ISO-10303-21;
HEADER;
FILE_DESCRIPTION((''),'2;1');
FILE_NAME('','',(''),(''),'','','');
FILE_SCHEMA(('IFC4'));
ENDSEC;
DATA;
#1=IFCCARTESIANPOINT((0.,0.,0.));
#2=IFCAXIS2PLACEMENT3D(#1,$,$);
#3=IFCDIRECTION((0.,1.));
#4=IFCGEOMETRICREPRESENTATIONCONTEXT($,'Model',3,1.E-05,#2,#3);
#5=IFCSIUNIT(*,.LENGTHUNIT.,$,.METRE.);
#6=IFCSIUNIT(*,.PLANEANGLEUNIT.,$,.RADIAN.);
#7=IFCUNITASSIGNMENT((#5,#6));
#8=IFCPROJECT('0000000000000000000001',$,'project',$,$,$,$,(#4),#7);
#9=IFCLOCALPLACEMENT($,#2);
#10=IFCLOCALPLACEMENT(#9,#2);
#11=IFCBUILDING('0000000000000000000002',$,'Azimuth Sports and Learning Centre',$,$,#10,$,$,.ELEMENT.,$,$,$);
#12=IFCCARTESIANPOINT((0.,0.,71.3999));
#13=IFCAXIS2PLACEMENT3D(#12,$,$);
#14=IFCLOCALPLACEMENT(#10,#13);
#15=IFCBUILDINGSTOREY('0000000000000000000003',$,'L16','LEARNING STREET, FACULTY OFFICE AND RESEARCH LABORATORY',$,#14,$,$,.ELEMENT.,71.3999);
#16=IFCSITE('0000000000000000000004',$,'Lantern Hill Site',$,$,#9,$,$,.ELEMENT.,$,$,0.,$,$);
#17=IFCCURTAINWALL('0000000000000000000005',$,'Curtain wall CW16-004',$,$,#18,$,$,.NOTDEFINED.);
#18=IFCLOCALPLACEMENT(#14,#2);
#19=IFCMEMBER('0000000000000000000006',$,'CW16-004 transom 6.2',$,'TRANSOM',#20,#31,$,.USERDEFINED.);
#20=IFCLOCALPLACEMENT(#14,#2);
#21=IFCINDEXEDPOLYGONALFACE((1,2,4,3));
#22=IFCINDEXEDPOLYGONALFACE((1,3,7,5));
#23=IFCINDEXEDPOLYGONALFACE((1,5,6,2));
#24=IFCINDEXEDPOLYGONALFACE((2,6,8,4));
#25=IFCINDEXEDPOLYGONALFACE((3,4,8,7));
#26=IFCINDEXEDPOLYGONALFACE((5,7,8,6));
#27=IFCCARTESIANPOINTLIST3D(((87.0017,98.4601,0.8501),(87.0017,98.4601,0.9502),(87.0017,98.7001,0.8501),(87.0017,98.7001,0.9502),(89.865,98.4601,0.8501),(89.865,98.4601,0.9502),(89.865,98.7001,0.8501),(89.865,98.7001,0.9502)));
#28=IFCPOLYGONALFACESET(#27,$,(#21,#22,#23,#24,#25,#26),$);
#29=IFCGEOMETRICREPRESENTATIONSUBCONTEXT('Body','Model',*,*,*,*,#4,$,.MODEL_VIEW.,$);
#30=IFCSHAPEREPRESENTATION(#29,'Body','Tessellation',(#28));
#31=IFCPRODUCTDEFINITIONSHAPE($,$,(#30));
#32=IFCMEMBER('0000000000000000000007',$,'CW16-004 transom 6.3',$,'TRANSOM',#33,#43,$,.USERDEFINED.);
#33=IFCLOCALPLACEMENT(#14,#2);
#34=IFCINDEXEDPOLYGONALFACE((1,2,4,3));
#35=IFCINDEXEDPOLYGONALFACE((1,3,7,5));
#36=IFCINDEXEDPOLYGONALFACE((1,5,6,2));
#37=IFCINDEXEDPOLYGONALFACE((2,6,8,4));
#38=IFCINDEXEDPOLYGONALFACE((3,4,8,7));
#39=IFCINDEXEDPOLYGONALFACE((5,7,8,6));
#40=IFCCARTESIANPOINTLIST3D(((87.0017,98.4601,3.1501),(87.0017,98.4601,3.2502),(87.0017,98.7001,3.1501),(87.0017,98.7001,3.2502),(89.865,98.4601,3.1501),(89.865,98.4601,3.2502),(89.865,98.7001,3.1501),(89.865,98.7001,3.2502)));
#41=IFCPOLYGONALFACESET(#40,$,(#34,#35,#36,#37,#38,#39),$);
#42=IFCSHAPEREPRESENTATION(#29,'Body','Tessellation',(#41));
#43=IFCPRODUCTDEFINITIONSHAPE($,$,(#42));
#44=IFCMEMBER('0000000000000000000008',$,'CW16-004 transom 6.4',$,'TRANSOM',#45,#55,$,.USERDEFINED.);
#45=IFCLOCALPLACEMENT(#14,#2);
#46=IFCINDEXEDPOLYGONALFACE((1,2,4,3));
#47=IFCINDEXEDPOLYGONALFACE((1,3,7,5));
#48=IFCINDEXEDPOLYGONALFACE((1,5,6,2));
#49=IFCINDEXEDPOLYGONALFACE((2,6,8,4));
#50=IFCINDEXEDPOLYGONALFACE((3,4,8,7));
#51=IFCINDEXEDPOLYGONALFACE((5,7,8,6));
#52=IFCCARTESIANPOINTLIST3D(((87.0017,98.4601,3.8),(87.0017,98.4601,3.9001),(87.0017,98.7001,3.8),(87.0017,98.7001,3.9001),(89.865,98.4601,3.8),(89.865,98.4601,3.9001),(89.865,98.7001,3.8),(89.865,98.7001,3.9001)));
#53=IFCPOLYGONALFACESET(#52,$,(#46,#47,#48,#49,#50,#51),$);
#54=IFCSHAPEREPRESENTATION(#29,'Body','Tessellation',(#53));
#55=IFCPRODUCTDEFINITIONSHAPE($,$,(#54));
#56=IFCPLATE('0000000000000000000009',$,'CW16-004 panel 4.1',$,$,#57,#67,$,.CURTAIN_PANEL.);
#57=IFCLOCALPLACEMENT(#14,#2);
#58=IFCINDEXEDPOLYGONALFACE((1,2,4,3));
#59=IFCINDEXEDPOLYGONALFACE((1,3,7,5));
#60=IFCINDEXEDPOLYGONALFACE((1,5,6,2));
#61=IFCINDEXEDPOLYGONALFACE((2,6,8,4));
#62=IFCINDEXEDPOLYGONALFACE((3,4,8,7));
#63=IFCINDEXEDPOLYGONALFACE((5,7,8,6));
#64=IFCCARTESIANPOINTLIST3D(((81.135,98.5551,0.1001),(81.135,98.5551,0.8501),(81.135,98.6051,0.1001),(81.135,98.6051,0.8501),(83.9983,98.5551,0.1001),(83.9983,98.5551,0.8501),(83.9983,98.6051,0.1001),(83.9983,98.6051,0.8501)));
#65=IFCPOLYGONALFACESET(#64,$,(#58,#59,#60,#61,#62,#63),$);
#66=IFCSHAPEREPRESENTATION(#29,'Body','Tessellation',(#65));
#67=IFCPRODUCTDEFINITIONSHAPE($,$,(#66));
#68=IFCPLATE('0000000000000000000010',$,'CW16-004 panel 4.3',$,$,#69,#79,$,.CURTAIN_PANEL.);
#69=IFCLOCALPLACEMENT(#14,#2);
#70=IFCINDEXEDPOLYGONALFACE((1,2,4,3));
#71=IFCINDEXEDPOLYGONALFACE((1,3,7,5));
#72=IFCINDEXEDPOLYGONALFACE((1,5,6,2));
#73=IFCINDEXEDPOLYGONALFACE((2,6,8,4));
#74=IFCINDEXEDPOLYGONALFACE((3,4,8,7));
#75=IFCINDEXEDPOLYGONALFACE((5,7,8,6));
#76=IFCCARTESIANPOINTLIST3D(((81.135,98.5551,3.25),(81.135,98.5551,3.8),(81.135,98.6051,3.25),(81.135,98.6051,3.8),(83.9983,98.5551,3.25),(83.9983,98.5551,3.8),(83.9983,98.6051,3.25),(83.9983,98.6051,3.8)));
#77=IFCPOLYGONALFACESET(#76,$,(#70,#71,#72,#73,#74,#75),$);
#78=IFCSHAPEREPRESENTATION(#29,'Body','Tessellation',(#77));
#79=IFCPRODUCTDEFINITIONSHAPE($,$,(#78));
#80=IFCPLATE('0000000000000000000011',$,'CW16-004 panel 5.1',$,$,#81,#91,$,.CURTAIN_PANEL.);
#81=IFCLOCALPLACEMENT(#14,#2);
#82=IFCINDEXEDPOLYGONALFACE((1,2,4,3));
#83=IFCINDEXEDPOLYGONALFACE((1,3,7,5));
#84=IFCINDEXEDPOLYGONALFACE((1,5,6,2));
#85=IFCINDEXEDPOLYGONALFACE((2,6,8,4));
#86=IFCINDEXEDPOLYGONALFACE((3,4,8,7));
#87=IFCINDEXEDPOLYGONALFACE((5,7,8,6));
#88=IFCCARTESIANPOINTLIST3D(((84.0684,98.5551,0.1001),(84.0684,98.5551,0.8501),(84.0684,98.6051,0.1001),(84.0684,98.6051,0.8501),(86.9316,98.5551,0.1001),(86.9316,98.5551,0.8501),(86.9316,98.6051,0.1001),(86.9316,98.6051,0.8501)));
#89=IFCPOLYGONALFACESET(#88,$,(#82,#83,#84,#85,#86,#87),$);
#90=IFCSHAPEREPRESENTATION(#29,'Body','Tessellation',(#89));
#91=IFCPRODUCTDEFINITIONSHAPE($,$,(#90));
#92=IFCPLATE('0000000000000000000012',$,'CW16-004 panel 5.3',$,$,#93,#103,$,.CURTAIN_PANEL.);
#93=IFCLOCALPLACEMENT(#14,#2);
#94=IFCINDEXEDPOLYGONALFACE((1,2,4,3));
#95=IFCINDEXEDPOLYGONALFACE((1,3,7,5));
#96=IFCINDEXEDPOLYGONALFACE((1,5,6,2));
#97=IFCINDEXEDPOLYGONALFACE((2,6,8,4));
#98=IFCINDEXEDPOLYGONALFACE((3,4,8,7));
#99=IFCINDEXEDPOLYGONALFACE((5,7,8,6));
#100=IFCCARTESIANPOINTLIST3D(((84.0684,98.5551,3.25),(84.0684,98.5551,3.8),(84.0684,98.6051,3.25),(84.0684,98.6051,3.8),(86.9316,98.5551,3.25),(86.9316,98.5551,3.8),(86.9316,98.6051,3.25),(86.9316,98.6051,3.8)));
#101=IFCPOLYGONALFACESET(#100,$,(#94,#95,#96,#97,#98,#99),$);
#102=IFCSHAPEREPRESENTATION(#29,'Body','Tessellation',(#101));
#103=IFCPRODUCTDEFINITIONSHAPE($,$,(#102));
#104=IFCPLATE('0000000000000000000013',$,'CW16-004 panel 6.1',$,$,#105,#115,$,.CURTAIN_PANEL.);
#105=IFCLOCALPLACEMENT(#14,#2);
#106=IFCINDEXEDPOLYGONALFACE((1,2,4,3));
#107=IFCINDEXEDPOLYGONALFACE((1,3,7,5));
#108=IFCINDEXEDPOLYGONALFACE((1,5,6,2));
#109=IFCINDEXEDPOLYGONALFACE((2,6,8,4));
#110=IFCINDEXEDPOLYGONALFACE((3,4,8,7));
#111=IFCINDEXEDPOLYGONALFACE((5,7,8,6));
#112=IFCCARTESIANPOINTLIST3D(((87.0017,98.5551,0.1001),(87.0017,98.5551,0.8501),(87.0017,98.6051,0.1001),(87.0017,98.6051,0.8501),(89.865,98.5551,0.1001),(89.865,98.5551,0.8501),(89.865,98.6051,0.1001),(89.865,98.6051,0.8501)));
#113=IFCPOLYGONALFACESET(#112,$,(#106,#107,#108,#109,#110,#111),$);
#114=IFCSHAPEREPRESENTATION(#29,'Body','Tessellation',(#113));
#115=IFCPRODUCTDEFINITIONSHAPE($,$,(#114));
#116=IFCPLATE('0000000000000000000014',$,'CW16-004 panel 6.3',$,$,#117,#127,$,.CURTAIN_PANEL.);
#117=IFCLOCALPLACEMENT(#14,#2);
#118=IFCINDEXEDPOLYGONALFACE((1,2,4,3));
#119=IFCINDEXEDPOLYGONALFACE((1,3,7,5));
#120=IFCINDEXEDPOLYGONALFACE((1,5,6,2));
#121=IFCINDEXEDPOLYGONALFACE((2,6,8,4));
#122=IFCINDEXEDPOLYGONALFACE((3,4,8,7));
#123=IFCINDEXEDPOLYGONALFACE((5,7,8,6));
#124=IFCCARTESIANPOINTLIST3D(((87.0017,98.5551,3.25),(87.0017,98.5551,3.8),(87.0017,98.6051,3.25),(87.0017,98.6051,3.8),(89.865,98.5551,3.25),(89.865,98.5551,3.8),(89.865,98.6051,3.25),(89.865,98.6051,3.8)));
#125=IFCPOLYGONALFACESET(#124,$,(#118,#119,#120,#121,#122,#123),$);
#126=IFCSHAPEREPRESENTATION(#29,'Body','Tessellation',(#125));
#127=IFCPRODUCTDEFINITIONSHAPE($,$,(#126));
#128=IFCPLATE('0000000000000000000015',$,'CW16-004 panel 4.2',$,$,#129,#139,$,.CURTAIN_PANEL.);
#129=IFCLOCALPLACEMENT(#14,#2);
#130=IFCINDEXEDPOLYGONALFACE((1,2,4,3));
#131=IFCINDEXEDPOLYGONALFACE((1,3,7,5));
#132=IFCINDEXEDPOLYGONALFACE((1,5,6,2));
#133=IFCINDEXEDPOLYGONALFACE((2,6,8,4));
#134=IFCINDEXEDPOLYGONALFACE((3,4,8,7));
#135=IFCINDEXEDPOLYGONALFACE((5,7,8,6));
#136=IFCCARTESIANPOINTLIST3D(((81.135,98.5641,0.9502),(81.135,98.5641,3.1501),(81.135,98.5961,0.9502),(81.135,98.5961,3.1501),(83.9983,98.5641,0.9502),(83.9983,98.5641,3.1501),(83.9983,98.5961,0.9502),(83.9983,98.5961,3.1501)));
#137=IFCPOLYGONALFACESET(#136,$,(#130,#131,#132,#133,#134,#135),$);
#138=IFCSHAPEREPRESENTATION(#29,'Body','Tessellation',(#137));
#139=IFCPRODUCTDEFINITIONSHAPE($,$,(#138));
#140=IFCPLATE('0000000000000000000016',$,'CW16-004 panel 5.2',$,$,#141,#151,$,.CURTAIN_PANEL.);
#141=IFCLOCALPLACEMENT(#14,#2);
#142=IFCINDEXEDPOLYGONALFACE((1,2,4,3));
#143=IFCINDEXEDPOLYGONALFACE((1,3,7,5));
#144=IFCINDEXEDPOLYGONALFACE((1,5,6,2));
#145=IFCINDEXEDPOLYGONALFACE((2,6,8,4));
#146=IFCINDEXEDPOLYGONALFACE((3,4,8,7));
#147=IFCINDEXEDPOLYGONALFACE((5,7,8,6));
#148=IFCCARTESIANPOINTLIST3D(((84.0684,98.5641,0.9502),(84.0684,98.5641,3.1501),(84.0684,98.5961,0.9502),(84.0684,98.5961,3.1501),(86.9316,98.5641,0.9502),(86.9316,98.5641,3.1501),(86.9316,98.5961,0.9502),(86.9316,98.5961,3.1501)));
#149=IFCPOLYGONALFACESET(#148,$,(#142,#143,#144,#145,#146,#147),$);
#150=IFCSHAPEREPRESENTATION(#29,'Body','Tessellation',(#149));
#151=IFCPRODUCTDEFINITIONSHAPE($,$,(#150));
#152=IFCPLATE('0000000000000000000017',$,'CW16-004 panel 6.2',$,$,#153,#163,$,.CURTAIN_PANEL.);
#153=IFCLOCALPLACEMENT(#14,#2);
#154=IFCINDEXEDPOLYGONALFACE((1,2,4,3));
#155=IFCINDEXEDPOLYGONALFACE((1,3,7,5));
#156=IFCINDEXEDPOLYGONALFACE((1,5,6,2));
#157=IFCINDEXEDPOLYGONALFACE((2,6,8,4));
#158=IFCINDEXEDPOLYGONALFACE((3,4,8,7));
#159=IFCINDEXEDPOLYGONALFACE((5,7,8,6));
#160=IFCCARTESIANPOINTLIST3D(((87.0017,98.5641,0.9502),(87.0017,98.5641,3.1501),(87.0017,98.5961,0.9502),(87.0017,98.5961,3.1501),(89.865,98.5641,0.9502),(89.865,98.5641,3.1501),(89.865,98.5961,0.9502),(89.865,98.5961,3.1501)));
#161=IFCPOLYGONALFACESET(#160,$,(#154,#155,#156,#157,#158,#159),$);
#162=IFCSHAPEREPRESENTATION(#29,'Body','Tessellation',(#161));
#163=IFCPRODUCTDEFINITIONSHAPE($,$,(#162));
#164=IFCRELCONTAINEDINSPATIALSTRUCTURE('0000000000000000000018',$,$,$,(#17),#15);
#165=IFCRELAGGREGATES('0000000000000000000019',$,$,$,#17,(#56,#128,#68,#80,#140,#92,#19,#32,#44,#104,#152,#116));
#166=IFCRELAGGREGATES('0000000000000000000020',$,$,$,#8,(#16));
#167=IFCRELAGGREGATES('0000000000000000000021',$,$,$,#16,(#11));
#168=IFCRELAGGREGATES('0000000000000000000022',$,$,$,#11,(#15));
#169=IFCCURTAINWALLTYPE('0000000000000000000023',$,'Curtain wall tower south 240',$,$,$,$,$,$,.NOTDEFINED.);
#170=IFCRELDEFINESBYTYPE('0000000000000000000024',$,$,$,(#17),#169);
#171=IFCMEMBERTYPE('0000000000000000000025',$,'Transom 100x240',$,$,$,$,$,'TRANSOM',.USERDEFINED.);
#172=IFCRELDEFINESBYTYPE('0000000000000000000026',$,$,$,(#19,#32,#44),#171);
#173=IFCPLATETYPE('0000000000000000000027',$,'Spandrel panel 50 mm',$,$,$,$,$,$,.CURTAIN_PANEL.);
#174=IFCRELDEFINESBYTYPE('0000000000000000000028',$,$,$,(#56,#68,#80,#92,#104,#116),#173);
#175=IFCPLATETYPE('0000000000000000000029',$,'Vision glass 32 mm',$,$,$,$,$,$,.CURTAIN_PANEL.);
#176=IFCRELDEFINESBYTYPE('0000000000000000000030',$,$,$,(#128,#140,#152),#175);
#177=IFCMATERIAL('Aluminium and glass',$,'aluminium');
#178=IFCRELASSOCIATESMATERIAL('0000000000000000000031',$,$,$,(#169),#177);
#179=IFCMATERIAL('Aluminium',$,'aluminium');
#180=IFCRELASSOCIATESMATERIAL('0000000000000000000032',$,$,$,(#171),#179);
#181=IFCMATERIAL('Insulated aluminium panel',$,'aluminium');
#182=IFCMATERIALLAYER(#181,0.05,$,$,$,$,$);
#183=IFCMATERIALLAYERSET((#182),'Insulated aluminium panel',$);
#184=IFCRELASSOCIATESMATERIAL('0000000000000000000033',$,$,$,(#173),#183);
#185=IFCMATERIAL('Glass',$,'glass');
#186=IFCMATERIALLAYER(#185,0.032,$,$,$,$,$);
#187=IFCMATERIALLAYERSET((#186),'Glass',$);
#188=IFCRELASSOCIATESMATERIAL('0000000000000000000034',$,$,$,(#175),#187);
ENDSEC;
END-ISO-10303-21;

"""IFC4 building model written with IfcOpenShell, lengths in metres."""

from ifc_helpers import new_model, si_unit, direction, frame, origin, origin_2d, place, context, subcontext, project, spatial, rectangle, extrude, material, layer, layer_set, material_profile, profile_set, type_object, element, aggregate, save


model = new_model("IFC4")

# Units and contexts
model_context = context("Model", 3, precision=1e-05, world=origin(), true_north=direction((0.0, 1.0)))
body_context = subcontext(model_context, "Body", "Model", "MODEL_VIEW")
ifc_project = project(units=[si_unit("LENGTHUNIT", "METRE"), si_unit("PLANEANGLEUNIT", "RADIAN")], contexts=[model_context])

# Site, building, storey
site_placement = place(None, origin())
site = spatial("IfcSite", under=ifc_project, at=site_placement, Name="Lantern Hill Site", CompositionType="ELEMENT", RefElevation=0.0)
building_placement = place(site_placement, origin())
building = spatial("IfcBuilding", under=site, at=building_placement, Name="Azimuth Sports and Learning Centre", CompositionType="ELEMENT")
storey_placement = place(building_placement, frame((0.0, 0.0, 71.3999)))
storey = spatial("IfcBuildingStorey", under=building, at=storey_placement, Name="L16", Description="LEARNING STREET, FACULTY OFFICE AND RESEARCH LABORATORY", CompositionType="ELEMENT", Elevation=71.3999)

# Curtain wall, members, plates
ifc_material_1 = material(Name="Aluminium and glass", Category="aluminium")
curtain_wall_type = type_object("IfcCurtainWallType", Name="Curtain wall tower south 240", PredefinedType="NOTDEFINED", material=ifc_material_1)
curtain_wall_placement = place(storey_placement, origin())
curtain_wall = element("IfcCurtainWall", 1, at=curtain_wall_placement, inside=storey, type_object=curtain_wall_type, Name="Curtain wall CW16-004", PredefinedType="NOTDEFINED")
ifc_material_2 = material(Name="Aluminium", Category="aluminium")
ifc_material_profile_1 = material_profile(ifc_material_2, rectangle(XDim=0.24, YDim=0.1001, at=origin_2d()), Name="Transom 100x240")
ifc_profile_set_1 = profile_set([ifc_material_profile_1], Name="Aluminium")
member_type_1 = type_object("IfcMemberType", Name="Transom 100x240", ElementType="TRANSOM", PredefinedType="USERDEFINED", material=ifc_profile_set_1)
member_1_placement = place(storey_placement, frame((87.0017, 98.5801, 0.9001), z_axis=(1.0, 0.0, 0.0), x_axis=(0.0, 1.0, 0.0)))
member_1 = element("IfcMember", 2, at=member_1_placement, type_object=member_type_1, Name="CW16-004 transom 6.2", ObjectType="TRANSOM", PredefinedType="USERDEFINED", context=body_context, shape_type="SweptSolid", body=[
    extrude(rectangle(XDim=0.24, YDim=0.1001, at=origin_2d()), origin(), (0.0, 0.0, 1.0), 2.8633),
])
member_2_placement = place(storey_placement, frame((87.0017, 98.5801, 3.2002), z_axis=(1.0, 0.0, 0.0), x_axis=(0.0, 1.0, 0.0)))
member_2 = element("IfcMember", 3, at=member_2_placement, type_object=member_type_1, Name="CW16-004 transom 6.3", ObjectType="TRANSOM", PredefinedType="USERDEFINED", context=body_context, shape_type="SweptSolid", body=[
    extrude(rectangle(XDim=0.24, YDim=0.1001, at=origin_2d()), origin(), (0.0, 0.0, 1.0), 2.8633),
])
member_3_placement = place(storey_placement, frame((87.0017, 98.5801, 3.8501), z_axis=(1.0, 0.0, 0.0), x_axis=(0.0, 1.0, 0.0)))
member_3 = element("IfcMember", 4, at=member_3_placement, type_object=member_type_1, Name="CW16-004 transom 6.4", ObjectType="TRANSOM", PredefinedType="USERDEFINED", context=body_context, shape_type="SweptSolid", body=[
    extrude(rectangle(XDim=0.24, YDim=0.1001, at=origin_2d()), origin(), (0.0, 0.0, 1.0), 2.8633),
])
ifc_material_3 = material(Name="Insulated aluminium panel", Category="aluminium")
ifc_layer_1 = layer(ifc_material_3, 0.05)
ifc_layer_set_1 = layer_set([ifc_layer_1], Name="Insulated aluminium panel")
plate_type_1 = type_object("IfcPlateType", Name="Spandrel panel 50 mm", PredefinedType="CURTAIN_PANEL", material=ifc_layer_set_1)
plate_1_placement = place(storey_placement, frame((82.5667, 98.5801, 0.1001), z_axis=(0.0, 0.0, 1.0), x_axis=(1.0, 0.0, 0.0)))
plate_1 = element("IfcPlate", 5, at=plate_1_placement, type_object=plate_type_1, Name="CW16-004 panel 4.1", PredefinedType="CURTAIN_PANEL", context=body_context, shape_type="SweptSolid", body=[
    extrude(rectangle(XDim=2.8633, YDim=0.05, at=origin_2d()), origin(), (0.0, 0.0, 1.0), 0.75),
])
plate_2_placement = place(storey_placement, frame((82.5667, 98.5801, 3.25), z_axis=(0.0, 0.0, 1.0), x_axis=(1.0, 0.0, 0.0)))
plate_2 = element("IfcPlate", 6, at=plate_2_placement, type_object=plate_type_1, Name="CW16-004 panel 4.3", PredefinedType="CURTAIN_PANEL", context=body_context, shape_type="SweptSolid", body=[
    extrude(rectangle(XDim=2.8633, YDim=0.05, at=origin_2d()), origin(), (0.0, 0.0, 1.0), 0.55),
])
plate_3_placement = place(storey_placement, frame((85.5, 98.5801, 0.1001), z_axis=(0.0, 0.0, 1.0), x_axis=(1.0, 0.0, 0.0)))
plate_3 = element("IfcPlate", 7, at=plate_3_placement, type_object=plate_type_1, Name="CW16-004 panel 5.1", PredefinedType="CURTAIN_PANEL", context=body_context, shape_type="SweptSolid", body=[
    extrude(rectangle(XDim=2.8633, YDim=0.05, at=origin_2d()), origin(), (0.0, 0.0, 1.0), 0.75),
])
plate_4_placement = place(storey_placement, frame((85.5, 98.5801, 3.25), z_axis=(0.0, 0.0, 1.0), x_axis=(1.0, 0.0, 0.0)))
plate_4 = element("IfcPlate", 8, at=plate_4_placement, type_object=plate_type_1, Name="CW16-004 panel 5.3", PredefinedType="CURTAIN_PANEL", context=body_context, shape_type="SweptSolid", body=[
    extrude(rectangle(XDim=2.8633, YDim=0.05, at=origin_2d()), origin(), (0.0, 0.0, 1.0), 0.55),
])
plate_5_placement = place(storey_placement, frame((88.4333, 98.5801, 0.1001), z_axis=(0.0, 0.0, 1.0), x_axis=(1.0, 0.0, 0.0)))
plate_5 = element("IfcPlate", 9, at=plate_5_placement, type_object=plate_type_1, Name="CW16-004 panel 6.1", PredefinedType="CURTAIN_PANEL", context=body_context, shape_type="SweptSolid", body=[
    extrude(rectangle(XDim=2.8633, YDim=0.05, at=origin_2d()), origin(), (0.0, 0.0, 1.0), 0.75),
])
plate_6_placement = place(storey_placement, frame((88.4333, 98.5801, 3.25), z_axis=(0.0, 0.0, 1.0), x_axis=(1.0, 0.0, 0.0)))
plate_6 = element("IfcPlate", 10, at=plate_6_placement, type_object=plate_type_1, Name="CW16-004 panel 6.3", PredefinedType="CURTAIN_PANEL", context=body_context, shape_type="SweptSolid", body=[
    extrude(rectangle(XDim=2.8633, YDim=0.05, at=origin_2d()), origin(), (0.0, 0.0, 1.0), 0.55),
])
ifc_material_4 = material(Name="Glass", Category="glass")
ifc_layer_2 = layer(ifc_material_4, 0.032)
ifc_layer_set_2 = layer_set([ifc_layer_2], Name="Glass")
plate_type_2 = type_object("IfcPlateType", Name="Vision glass 32 mm", PredefinedType="CURTAIN_PANEL", material=ifc_layer_set_2)
plate_7_placement = place(storey_placement, frame((82.5667, 98.5801, 0.9502), z_axis=(0.0, 0.0, 1.0), x_axis=(1.0, 0.0, 0.0)))
plate_7 = element("IfcPlate", 11, at=plate_7_placement, type_object=plate_type_2, Name="CW16-004 panel 4.2", PredefinedType="CURTAIN_PANEL", context=body_context, shape_type="SweptSolid", body=[
    extrude(rectangle(XDim=2.8633, YDim=0.032, at=origin_2d()), origin(), (0.0, 0.0, 1.0), 2.2),
])
plate_8_placement = place(storey_placement, frame((85.5, 98.5801, 0.9502), z_axis=(0.0, 0.0, 1.0), x_axis=(1.0, 0.0, 0.0)))
plate_8 = element("IfcPlate", 12, at=plate_8_placement, type_object=plate_type_2, Name="CW16-004 panel 5.2", PredefinedType="CURTAIN_PANEL", context=body_context, shape_type="SweptSolid", body=[
    extrude(rectangle(XDim=2.8633, YDim=0.032, at=origin_2d()), origin(), (0.0, 0.0, 1.0), 2.2),
])
plate_9_placement = place(storey_placement, frame((88.4333, 98.5801, 0.9502), z_axis=(0.0, 0.0, 1.0), x_axis=(1.0, 0.0, 0.0)))
plate_9 = element("IfcPlate", 13, at=plate_9_placement, type_object=plate_type_2, Name="CW16-004 panel 6.2", PredefinedType="CURTAIN_PANEL", context=body_context, shape_type="SweptSolid", body=[
    extrude(rectangle(XDim=2.8633, YDim=0.032, at=origin_2d()), origin(), (0.0, 0.0, 1.0), 2.2),
])
aggregate(curtain_wall, [plate_1, plate_7, plate_2, plate_3, plate_8, plate_4, member_1, member_2, member_3, plate_5, plate_9, plate_6])

save(model, "model.ifc")
